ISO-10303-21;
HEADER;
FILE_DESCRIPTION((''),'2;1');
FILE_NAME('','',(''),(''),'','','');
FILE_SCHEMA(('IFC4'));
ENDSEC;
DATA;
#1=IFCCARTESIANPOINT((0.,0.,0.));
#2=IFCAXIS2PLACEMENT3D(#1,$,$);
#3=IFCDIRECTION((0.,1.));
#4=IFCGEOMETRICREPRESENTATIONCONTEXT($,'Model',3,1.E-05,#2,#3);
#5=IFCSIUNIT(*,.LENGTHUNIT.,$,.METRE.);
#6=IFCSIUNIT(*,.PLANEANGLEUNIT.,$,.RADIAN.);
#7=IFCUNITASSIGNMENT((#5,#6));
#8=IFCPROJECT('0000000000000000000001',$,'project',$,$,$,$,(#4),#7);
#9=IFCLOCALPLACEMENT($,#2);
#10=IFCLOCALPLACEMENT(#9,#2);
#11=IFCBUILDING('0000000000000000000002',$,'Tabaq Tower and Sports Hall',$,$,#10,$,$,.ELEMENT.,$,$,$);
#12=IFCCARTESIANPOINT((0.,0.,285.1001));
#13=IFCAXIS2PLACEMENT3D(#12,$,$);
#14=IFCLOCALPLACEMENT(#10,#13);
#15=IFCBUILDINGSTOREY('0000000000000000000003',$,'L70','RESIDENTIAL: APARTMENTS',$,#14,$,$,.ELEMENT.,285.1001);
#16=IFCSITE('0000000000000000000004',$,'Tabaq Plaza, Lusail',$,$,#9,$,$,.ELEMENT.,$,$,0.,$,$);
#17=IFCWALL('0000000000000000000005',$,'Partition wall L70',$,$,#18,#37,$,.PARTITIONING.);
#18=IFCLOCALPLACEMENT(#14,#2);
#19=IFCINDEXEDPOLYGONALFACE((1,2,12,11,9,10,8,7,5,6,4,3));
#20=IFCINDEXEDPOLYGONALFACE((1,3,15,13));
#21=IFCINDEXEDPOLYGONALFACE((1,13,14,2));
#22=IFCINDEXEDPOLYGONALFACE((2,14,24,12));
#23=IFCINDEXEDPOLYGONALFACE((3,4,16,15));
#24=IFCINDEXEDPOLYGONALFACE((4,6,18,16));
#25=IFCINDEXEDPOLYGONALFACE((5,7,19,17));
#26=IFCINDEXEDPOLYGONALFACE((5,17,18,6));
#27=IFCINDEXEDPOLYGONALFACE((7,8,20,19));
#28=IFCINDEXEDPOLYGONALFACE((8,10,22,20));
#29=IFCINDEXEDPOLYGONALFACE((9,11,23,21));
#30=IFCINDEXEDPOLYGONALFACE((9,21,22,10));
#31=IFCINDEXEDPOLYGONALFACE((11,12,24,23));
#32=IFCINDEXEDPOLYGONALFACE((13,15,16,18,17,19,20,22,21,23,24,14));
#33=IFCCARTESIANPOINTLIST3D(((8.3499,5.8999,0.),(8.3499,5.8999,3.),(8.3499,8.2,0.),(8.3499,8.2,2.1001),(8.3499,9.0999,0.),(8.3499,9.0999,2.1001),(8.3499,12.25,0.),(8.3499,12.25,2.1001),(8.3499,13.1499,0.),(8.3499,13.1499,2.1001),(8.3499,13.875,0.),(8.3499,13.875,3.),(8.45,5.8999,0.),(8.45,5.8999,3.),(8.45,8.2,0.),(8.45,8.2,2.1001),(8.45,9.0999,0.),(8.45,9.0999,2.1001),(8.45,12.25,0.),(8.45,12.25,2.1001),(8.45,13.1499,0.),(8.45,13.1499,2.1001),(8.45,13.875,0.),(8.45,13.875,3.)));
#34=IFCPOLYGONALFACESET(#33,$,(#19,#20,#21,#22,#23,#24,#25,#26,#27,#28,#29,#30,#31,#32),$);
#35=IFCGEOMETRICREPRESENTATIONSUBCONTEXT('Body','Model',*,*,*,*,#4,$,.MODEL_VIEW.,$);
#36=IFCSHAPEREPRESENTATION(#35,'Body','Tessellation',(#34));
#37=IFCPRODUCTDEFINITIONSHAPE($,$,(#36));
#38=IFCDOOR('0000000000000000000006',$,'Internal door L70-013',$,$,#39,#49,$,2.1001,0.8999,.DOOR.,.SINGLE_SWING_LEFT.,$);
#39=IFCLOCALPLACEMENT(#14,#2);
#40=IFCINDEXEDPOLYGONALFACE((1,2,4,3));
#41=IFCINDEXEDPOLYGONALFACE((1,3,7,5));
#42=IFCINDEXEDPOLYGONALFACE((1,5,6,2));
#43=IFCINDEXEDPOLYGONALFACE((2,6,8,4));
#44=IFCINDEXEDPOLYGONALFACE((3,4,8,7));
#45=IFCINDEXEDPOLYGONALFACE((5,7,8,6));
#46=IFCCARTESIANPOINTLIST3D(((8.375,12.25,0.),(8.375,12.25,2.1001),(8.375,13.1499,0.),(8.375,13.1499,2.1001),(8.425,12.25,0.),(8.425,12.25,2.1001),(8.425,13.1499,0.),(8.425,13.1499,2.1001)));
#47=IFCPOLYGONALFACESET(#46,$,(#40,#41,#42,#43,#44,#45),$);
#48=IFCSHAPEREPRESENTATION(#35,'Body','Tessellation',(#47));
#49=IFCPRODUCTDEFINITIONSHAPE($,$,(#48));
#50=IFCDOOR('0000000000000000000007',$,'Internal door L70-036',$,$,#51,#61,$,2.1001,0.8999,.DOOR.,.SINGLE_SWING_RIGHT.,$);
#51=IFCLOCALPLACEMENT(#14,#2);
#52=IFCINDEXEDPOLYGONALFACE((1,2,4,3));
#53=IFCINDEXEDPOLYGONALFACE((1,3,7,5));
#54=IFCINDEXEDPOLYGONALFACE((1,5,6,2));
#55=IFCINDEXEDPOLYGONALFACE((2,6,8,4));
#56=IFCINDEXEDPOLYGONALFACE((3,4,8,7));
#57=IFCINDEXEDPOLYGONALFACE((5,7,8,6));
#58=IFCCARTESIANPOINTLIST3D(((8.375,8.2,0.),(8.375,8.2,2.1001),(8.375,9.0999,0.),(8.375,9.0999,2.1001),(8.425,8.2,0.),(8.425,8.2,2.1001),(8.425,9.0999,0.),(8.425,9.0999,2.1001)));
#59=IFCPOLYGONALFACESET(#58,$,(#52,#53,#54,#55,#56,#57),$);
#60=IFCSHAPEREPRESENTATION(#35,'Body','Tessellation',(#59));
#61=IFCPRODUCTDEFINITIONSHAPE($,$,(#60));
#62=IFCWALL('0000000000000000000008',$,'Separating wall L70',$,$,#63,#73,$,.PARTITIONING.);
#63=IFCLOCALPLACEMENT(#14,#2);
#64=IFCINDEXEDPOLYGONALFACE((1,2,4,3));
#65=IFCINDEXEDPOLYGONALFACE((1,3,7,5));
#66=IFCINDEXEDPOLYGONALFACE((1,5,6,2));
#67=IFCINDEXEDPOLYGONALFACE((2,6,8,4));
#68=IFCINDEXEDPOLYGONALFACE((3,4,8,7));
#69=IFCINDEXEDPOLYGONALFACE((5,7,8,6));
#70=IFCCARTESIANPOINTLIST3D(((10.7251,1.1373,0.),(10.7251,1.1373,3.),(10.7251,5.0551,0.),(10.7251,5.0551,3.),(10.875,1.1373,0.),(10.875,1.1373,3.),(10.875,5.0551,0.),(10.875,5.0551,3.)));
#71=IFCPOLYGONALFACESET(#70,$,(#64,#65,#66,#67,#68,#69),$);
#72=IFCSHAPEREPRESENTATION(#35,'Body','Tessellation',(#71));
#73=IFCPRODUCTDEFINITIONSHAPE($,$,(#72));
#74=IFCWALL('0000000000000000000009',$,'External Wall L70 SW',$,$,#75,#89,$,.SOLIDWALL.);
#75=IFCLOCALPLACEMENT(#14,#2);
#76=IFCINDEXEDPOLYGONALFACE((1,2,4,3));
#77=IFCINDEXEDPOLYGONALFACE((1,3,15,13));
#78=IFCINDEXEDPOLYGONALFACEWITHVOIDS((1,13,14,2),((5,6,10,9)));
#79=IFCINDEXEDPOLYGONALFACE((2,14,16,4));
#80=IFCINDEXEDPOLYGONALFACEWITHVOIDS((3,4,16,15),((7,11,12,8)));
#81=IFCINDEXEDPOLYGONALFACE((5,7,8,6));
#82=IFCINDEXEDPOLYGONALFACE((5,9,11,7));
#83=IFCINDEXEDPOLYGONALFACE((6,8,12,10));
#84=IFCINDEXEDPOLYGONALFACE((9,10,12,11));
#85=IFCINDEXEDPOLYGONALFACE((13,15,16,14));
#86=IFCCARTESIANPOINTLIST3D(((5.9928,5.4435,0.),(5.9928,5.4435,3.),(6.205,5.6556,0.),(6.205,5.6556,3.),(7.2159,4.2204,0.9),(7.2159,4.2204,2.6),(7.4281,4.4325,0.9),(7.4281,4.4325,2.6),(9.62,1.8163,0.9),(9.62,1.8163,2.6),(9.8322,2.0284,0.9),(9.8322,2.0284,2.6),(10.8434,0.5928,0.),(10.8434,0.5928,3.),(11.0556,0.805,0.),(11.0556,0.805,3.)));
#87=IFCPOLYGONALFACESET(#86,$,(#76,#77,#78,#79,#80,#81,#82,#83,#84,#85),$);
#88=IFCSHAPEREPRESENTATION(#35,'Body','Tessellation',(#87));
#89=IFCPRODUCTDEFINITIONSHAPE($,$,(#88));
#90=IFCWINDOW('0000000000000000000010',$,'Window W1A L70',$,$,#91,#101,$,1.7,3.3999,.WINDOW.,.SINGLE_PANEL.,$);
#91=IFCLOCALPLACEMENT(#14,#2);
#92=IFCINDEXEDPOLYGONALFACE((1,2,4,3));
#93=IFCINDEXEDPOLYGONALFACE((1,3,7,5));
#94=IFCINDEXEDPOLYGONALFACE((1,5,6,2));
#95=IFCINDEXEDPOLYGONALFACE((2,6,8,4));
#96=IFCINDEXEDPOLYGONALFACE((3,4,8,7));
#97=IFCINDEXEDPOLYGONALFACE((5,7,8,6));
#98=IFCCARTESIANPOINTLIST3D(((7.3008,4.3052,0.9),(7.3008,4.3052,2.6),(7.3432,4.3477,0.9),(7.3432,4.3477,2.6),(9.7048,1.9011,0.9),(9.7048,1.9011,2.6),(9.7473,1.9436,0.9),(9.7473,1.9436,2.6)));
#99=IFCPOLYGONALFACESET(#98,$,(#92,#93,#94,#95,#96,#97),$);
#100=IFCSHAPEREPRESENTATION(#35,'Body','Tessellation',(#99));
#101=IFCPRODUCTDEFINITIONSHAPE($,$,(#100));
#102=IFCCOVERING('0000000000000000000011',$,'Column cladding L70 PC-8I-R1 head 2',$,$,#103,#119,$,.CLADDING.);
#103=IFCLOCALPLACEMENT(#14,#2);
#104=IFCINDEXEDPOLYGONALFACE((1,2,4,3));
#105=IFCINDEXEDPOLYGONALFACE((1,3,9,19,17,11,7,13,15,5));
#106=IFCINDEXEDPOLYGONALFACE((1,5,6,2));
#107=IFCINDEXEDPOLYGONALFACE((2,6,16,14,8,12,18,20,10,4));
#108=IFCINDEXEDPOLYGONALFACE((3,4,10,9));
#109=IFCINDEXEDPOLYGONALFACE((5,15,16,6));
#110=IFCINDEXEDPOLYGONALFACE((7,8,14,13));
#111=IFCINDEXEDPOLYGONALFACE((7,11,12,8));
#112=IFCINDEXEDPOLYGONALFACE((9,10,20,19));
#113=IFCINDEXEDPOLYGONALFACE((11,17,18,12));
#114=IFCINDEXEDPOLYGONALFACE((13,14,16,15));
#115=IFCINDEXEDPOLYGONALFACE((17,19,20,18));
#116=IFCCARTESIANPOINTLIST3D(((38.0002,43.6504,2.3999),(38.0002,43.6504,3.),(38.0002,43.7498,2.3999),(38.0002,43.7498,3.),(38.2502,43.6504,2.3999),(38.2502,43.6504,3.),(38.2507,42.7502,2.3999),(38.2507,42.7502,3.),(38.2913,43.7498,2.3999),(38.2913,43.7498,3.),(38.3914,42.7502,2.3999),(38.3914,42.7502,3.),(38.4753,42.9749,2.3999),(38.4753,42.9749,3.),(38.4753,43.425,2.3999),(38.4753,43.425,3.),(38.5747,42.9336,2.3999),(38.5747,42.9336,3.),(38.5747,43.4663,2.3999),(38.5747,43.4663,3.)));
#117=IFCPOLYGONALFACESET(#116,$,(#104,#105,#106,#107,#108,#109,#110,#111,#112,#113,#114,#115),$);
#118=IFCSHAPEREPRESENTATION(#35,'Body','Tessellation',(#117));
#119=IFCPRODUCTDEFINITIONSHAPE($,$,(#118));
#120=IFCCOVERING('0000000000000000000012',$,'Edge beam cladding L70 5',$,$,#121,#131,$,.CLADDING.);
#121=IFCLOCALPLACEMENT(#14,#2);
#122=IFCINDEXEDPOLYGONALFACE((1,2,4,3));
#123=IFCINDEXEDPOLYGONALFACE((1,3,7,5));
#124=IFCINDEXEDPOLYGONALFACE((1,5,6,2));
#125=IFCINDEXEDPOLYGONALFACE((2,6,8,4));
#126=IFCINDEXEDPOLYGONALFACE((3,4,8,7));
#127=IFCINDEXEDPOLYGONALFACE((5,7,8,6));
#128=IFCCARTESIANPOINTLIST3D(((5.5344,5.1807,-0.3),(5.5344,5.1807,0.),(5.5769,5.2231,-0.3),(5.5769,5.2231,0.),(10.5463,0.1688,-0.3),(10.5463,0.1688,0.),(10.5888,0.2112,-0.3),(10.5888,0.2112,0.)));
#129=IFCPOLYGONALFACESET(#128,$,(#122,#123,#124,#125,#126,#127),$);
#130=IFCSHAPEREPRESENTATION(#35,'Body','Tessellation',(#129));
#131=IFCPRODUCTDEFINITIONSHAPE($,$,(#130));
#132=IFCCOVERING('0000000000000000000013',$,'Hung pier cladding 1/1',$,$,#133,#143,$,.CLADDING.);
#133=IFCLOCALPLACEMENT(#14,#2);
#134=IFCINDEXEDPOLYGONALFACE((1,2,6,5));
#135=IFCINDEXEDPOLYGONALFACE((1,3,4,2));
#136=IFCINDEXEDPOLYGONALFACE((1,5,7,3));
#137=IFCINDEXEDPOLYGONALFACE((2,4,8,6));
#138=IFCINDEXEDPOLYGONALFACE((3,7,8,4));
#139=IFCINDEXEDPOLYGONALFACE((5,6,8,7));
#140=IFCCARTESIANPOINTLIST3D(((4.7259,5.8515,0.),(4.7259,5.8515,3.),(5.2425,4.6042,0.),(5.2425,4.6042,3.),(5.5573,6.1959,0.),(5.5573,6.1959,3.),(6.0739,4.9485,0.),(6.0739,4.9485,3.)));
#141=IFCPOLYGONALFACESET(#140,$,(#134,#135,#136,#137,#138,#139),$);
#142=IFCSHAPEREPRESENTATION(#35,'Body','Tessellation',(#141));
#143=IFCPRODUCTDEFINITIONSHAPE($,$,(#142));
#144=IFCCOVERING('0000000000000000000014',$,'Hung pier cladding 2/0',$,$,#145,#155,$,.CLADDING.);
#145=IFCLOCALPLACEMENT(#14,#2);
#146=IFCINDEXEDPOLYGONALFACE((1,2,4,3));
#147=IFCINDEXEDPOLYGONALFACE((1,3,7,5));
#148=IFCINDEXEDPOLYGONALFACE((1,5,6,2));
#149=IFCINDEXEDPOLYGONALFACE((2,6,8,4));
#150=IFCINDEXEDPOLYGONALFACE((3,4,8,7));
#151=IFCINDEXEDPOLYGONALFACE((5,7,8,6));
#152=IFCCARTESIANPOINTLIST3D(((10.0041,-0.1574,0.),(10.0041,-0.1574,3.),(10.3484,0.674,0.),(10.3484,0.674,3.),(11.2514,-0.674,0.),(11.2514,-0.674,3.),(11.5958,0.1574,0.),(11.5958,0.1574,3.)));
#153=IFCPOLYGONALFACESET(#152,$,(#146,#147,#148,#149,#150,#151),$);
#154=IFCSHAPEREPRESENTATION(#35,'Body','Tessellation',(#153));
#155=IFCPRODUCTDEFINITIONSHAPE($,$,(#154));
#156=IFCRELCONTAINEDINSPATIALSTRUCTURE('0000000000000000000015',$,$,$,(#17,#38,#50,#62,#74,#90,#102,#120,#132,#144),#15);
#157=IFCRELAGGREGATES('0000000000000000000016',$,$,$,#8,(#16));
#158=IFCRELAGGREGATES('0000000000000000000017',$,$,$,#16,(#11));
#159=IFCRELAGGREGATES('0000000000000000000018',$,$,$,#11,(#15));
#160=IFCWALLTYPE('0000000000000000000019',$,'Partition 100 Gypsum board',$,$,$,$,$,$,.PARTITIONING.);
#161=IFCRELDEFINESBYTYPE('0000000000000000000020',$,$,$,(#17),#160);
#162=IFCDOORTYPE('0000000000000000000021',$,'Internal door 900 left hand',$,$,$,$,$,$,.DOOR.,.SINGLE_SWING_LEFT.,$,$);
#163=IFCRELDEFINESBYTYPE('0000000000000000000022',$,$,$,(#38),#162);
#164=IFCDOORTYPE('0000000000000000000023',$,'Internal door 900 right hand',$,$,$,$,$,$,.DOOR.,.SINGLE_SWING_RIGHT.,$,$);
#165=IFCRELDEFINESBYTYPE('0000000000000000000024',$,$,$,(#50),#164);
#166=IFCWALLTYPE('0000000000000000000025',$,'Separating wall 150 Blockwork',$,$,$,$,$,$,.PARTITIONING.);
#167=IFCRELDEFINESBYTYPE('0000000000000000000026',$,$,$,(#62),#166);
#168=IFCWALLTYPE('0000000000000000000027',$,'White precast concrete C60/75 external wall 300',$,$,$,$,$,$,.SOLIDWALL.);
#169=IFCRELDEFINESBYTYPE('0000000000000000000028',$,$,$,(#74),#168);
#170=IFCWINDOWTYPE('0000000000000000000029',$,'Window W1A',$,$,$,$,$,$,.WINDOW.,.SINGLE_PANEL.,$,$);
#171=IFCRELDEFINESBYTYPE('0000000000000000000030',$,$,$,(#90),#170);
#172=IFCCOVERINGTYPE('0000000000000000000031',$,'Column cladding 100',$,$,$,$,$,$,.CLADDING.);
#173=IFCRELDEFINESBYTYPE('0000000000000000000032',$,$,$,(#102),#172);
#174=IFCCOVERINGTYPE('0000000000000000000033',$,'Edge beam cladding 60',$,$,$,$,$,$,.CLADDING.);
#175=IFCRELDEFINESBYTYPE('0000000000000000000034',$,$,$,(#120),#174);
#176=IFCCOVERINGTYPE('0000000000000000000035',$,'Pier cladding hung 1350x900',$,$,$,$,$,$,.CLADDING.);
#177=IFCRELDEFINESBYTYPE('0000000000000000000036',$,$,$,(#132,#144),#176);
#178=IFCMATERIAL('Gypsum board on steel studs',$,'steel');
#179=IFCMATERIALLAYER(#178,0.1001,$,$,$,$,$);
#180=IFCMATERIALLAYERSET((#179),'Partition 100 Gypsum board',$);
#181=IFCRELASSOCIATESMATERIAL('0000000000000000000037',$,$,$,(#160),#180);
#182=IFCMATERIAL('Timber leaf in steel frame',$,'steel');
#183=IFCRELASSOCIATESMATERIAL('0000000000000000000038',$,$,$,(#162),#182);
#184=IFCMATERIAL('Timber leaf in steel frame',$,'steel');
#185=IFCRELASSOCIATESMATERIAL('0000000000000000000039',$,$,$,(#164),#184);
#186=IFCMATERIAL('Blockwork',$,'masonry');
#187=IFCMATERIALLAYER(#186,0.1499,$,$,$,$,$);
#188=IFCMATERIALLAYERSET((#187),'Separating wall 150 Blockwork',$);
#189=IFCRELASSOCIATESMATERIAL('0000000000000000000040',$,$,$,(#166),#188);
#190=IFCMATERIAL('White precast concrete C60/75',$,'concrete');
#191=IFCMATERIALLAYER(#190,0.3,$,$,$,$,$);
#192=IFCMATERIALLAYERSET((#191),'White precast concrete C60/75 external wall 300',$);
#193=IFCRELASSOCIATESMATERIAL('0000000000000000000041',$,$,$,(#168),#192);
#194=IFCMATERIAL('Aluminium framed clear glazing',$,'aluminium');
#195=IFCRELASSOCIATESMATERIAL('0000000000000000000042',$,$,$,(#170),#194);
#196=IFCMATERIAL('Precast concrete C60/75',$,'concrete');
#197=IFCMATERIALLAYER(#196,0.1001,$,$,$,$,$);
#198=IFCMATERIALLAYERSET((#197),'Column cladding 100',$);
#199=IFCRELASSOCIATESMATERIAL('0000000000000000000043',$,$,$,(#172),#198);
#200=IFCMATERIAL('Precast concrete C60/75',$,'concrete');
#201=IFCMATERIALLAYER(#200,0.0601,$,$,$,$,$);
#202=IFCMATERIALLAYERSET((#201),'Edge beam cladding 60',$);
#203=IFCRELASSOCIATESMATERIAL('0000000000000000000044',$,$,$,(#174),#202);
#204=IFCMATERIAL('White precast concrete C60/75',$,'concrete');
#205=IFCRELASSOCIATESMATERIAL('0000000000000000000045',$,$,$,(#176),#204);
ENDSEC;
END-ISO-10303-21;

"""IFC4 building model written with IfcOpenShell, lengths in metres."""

from ifc_helpers import new_model, si_unit, direction, frame, frame_2d, origin, place, context, subcontext, project, spatial, polyline, rectangle, outline, extrude, material, layer, layer_set, type_object, element, fill, save


model = new_model("IFC4")

# Units and contexts
model_context = context("Model", 3, precision=1e-05, world=origin(), true_north=direction((0.0, 1.0)))
body_context = subcontext(model_context, "Body", "Model", "MODEL_VIEW")
ifc_project = project(units=[si_unit("LENGTHUNIT", "METRE"), si_unit("PLANEANGLEUNIT", "RADIAN")], contexts=[model_context])

# Site, building, storey
site_placement = place(None, origin())
site = spatial("IfcSite", under=ifc_project, at=site_placement, Name="Tabaq Plaza, Lusail", CompositionType="ELEMENT", RefElevation=0.0)
building_placement = place(site_placement, origin())
building = spatial("IfcBuilding", under=site, at=building_placement, Name="Tabaq Tower and Sports Hall", CompositionType="ELEMENT")
storey_placement = place(building_placement, frame((0.0, 0.0, 285.1001)))
storey = spatial("IfcBuildingStorey", under=building, at=storey_placement, Name="L70", Description="RESIDENTIAL: APARTMENTS", CompositionType="ELEMENT", Elevation=285.1001)

# Shared definitions
ifc_material_1 = material(Name="Gypsum board on steel studs", Category="steel")
ifc_layer_1 = layer(ifc_material_1, 0.1001)
ifc_layer_set_1 = layer_set([ifc_layer_1], Name="Partition 100 Gypsum board")
wall_type_1 = type_object("IfcWallType", Name="Partition 100 Gypsum board", PredefinedType="PARTITIONING", material=ifc_layer_set_1)

# Wall, openings, doors
wall_1_placement = place(storey_placement, frame((8.3999, 5.8999, 0.0), z_axis=(0.0, 0.0, 1.0), x_axis=(0.0, 1.0, 0.0)))
wall_1 = element("IfcWall", 1, at=wall_1_placement, inside=storey, type_object=wall_type_1, Name="Partition wall L70", PredefinedType="PARTITIONING", context=body_context, shape_type="SweptSolid", body=[
    extrude(rectangle(XDim=7.9751, YDim=0.1001, at=frame_2d((3.9875, 0.0))), origin(), (0.0, 0.0, 1.0), 3.0),
])
opening_1_placement = place(wall_1_placement, frame((6.3501, 0.0, 0.0)))
opening_1 = element("IfcOpeningElement", 2, at=opening_1_placement, cuts=wall_1, PredefinedType="OPENING", context=body_context, shape_type="SweptSolid", body=[
    extrude(rectangle(XDim=0.8999, YDim=2.1001, at=frame_2d((0.45, 1.05))), frame((0.0, 0.05, 0.0), z_axis=(0.0, -1.0, 0.0), x_axis=(1.0, 0.0, 0.0)), (0.0, 0.0, 1.0), 0.1001),
])
opening_2_placement = place(wall_1_placement, frame((2.3, 0.0, 0.0)))
opening_2 = element("IfcOpeningElement", 3, at=opening_2_placement, cuts=wall_1, PredefinedType="OPENING", context=body_context, shape_type="SweptSolid", body=[
    extrude(rectangle(XDim=0.8999, YDim=2.1001, at=frame_2d((0.45, 1.05))), frame((0.0, 0.05, 0.0), z_axis=(0.0, -1.0, 0.0), x_axis=(1.0, 0.0, 0.0)), (0.0, 0.0, 1.0), 0.1001),
])
ifc_material_2 = material(Name="Timber leaf in steel frame", Category="steel")
door_type_1 = type_object("IfcDoorType", Name="Internal door 900 left hand", OperationType="SINGLE_SWING_LEFT", PredefinedType="DOOR", material=ifc_material_2)
door_1_placement = place(opening_1_placement, origin())
door_1 = element("IfcDoor", 4, at=door_1_placement, inside=storey, type_object=door_type_1, Name="Internal door L70-013", OperationType="SINGLE_SWING_LEFT", OverallHeight=2.1001, OverallWidth=0.8999, PredefinedType="DOOR", context=body_context, shape_type="SweptSolid", body=[
    extrude(rectangle(XDim=0.8999, YDim=2.1001, at=frame_2d((0.45, 1.05))), frame((0.0, 0.0249, 0.0), z_axis=(0.0, -1.0, 0.0), x_axis=(1.0, 0.0, 0.0)), (0.0, 0.0, 1.0), 0.05),
])
fill(opening_1, door_1)
ifc_material_3 = material(Name="Timber leaf in steel frame", Category="steel")
door_type_2 = type_object("IfcDoorType", Name="Internal door 900 right hand", OperationType="SINGLE_SWING_RIGHT", PredefinedType="DOOR", material=ifc_material_3)
door_2_placement = place(opening_2_placement, origin())
door_2 = element("IfcDoor", 5, at=door_2_placement, inside=storey, type_object=door_type_2, Name="Internal door L70-036", OperationType="SINGLE_SWING_RIGHT", OverallHeight=2.1001, OverallWidth=0.8999, PredefinedType="DOOR", context=body_context, shape_type="SweptSolid", body=[
    extrude(rectangle(XDim=0.8999, YDim=2.1001, at=frame_2d((0.45, 1.05))), frame((0.0, 0.0249, 0.0), z_axis=(0.0, -1.0, 0.0), x_axis=(1.0, 0.0, 0.0)), (0.0, 0.0, 1.0), 0.05),
])
fill(opening_2, door_2)

# Wall
ifc_material_4 = material(Name="Blockwork", Category="masonry")
ifc_layer_2 = layer(ifc_material_4, 0.1499)
ifc_layer_set_2 = layer_set([ifc_layer_2], Name="Separating wall 150 Blockwork")
wall_type_2 = type_object("IfcWallType", Name="Separating wall 150 Blockwork", PredefinedType="PARTITIONING", material=ifc_layer_set_2)
wall_2_placement = place(storey_placement, frame((10.8, 1.1372, 0.0), z_axis=(0.0, 0.0, 1.0), x_axis=(0.0, 1.0, 0.0)))
element("IfcWall", 6, at=wall_2_placement, inside=storey, type_object=wall_type_2, Name="Separating wall L70", PredefinedType="PARTITIONING", context=body_context, shape_type="SweptSolid", body=[
    extrude(rectangle(XDim=3.9177, YDim=0.1499, at=frame_2d((1.959, 0.0))), origin(), (0.0, 0.0, 1.0), 3.0),
])

# Wall, opening, window
ifc_material_5 = material(Name="White precast concrete C60/75", Category="concrete")
ifc_layer_3 = layer(ifc_material_5, 0.3)
ifc_layer_set_3 = layer_set([ifc_layer_3], Name="White precast concrete C60/75 external wall 300")
wall_type_3 = type_object("IfcWallType", Name="White precast concrete C60/75 external wall 300", PredefinedType="SOLIDWALL", material=ifc_layer_set_3)
wall_3_placement = place(storey_placement, frame((6.0989, 5.5496, 0.0), z_axis=(0.0, 0.0, 1.0), x_axis=(0.707107, -0.707107, 0.0)))
wall_3 = element("IfcWall", 7, at=wall_3_placement, inside=storey, type_object=wall_type_3, Name="External Wall L70 SW", PredefinedType="SOLIDWALL", context=body_context, shape_type="SweptSolid", body=[
    extrude(rectangle(XDim=6.8599, YDim=0.3, at=frame_2d((3.4299, 0.0))), origin(), (0.0, 0.0, 1.0), 3.0),
])
opening_3_placement = place(wall_3_placement, frame((1.7297, 0.0, 0.8999)))
opening_3 = element("IfcOpeningElement", 8, at=opening_3_placement, cuts=wall_3, PredefinedType="OPENING", context=body_context, shape_type="SweptSolid", body=[
    extrude(rectangle(XDim=3.3999, YDim=1.7, at=frame_2d((1.7, 0.8501))), frame((0.0, 0.1602, 0.0), z_axis=(0.0, -1.0, 0.0), x_axis=(1.0, 0.0, 0.0)), (0.0, 0.0, 1.0), 0.3201),
])
ifc_material_6 = material(Name="Aluminium framed clear glazing", Category="aluminium")
window_type = type_object("IfcWindowType", Name="Window W1A", PartitioningType="SINGLE_PANEL", PredefinedType="WINDOW", material=ifc_material_6)
window_placement = place(opening_3_placement, origin())
window = element("IfcWindow", 9, at=window_placement, inside=storey, type_object=window_type, Name="Window W1A L70", OverallHeight=1.7, OverallWidth=3.3999, PartitioningType="SINGLE_PANEL", PredefinedType="WINDOW", context=body_context, shape_type="SweptSolid", body=[
    extrude(rectangle(XDim=3.3999, YDim=1.7, at=frame_2d((1.7, 0.8501))), frame((0.0, 0.03, 0.0), z_axis=(0.0, -1.0, 0.0), x_axis=(1.0, 0.0, 0.0)), (0.0, 0.0, 1.0), 0.0601),
])
fill(opening_3, window)

# Coverings
ifc_material_7 = material(Name="Precast concrete C60/75", Category="concrete")
ifc_layer_4 = layer(ifc_material_7, 0.1001)
ifc_layer_set_4 = layer_set([ifc_layer_4], Name="Column cladding 100")
covering_type_1 = type_object("IfcCoveringType", Name="Column cladding 100", PredefinedType="CLADDING", material=ifc_layer_set_4)
covering_1_placement = place(storey_placement, frame((0.0, 0.0, 2.3999)))
element("IfcCovering", 10, at=covering_1_placement, inside=storey, type_object=covering_type_1, Name="Column cladding L70 PC-8I-R1 head 2", PredefinedType="CLADDING", context=body_context, shape_type="SweptSolid", body=[
    extrude(outline(polyline([(38.2913, 43.7498), (38.5747, 43.4663), (38.5747, 42.9336), (38.3914, 42.7502), (38.2507, 42.7502), (38.4753, 42.9749), (38.4753, 43.425), (38.2502, 43.6504), (38.0002, 43.6504), (38.0002, 43.7498), (38.2913, 43.7498)])), origin(), (0.0, 0.0, 1.0), 0.6001),
])
ifc_material_8 = material(Name="Precast concrete C60/75", Category="concrete")
ifc_layer_5 = layer(ifc_material_8, 0.0601)
ifc_layer_set_5 = layer_set([ifc_layer_5], Name="Edge beam cladding 60")
covering_type_2 = type_object("IfcCoveringType", Name="Edge beam cladding 60", PredefinedType="CLADDING", material=ifc_layer_set_5)
covering_2_placement = place(storey_placement, frame((5.5557, 5.2019, -0.3), z_axis=(0.0, 0.0, 1.0), x_axis=(0.707107, -0.707107, 0.0)))
element("IfcCovering", 11, at=covering_2_placement, inside=storey, type_object=covering_type_2, Name="Edge beam cladding L70 5", PredefinedType="CLADDING", context=body_context, shape_type="SweptSolid", body=[
    extrude(rectangle(XDim=7.0879, YDim=0.0601, at=frame_2d((3.5439, 0.0))), origin(), (0.0, 0.0, 1.0), 0.3),
])
ifc_material_9 = material(Name="White precast concrete C60/75", Category="concrete")
covering_type_3 = type_object("IfcCoveringType", Name="Pier cladding hung 1350x900", PredefinedType="CLADDING", material=ifc_material_9)
for number, where, z_axis, x_axis, name in (
    (12, (5.1416, 6.0237, 0.0), (0.0, 0.0, 1.0), (0.38265, -0.923893, 0.0), "Hung pier cladding 1/1"),
    (13, (10.1763, 0.2583, 0.0), (0.0, 0.0, 1.0), (0.923893, -0.38265, 0.0), "Hung pier cladding 2/0"),
):
    element("IfcCovering", number, at=place(storey_placement, frame(where, z_axis=z_axis, x_axis=x_axis)), inside=storey, type_object=covering_type_3, Name=name, PredefinedType="CLADDING", context=body_context, shape_type="SweptSolid", body=[
        extrude(rectangle(XDim=1.3501, YDim=0.8999, at=frame_2d((0.675, 0.0))), origin(), (0.0, 0.0, 1.0), 3.0),
    ])

save(model, "model.ifc")
